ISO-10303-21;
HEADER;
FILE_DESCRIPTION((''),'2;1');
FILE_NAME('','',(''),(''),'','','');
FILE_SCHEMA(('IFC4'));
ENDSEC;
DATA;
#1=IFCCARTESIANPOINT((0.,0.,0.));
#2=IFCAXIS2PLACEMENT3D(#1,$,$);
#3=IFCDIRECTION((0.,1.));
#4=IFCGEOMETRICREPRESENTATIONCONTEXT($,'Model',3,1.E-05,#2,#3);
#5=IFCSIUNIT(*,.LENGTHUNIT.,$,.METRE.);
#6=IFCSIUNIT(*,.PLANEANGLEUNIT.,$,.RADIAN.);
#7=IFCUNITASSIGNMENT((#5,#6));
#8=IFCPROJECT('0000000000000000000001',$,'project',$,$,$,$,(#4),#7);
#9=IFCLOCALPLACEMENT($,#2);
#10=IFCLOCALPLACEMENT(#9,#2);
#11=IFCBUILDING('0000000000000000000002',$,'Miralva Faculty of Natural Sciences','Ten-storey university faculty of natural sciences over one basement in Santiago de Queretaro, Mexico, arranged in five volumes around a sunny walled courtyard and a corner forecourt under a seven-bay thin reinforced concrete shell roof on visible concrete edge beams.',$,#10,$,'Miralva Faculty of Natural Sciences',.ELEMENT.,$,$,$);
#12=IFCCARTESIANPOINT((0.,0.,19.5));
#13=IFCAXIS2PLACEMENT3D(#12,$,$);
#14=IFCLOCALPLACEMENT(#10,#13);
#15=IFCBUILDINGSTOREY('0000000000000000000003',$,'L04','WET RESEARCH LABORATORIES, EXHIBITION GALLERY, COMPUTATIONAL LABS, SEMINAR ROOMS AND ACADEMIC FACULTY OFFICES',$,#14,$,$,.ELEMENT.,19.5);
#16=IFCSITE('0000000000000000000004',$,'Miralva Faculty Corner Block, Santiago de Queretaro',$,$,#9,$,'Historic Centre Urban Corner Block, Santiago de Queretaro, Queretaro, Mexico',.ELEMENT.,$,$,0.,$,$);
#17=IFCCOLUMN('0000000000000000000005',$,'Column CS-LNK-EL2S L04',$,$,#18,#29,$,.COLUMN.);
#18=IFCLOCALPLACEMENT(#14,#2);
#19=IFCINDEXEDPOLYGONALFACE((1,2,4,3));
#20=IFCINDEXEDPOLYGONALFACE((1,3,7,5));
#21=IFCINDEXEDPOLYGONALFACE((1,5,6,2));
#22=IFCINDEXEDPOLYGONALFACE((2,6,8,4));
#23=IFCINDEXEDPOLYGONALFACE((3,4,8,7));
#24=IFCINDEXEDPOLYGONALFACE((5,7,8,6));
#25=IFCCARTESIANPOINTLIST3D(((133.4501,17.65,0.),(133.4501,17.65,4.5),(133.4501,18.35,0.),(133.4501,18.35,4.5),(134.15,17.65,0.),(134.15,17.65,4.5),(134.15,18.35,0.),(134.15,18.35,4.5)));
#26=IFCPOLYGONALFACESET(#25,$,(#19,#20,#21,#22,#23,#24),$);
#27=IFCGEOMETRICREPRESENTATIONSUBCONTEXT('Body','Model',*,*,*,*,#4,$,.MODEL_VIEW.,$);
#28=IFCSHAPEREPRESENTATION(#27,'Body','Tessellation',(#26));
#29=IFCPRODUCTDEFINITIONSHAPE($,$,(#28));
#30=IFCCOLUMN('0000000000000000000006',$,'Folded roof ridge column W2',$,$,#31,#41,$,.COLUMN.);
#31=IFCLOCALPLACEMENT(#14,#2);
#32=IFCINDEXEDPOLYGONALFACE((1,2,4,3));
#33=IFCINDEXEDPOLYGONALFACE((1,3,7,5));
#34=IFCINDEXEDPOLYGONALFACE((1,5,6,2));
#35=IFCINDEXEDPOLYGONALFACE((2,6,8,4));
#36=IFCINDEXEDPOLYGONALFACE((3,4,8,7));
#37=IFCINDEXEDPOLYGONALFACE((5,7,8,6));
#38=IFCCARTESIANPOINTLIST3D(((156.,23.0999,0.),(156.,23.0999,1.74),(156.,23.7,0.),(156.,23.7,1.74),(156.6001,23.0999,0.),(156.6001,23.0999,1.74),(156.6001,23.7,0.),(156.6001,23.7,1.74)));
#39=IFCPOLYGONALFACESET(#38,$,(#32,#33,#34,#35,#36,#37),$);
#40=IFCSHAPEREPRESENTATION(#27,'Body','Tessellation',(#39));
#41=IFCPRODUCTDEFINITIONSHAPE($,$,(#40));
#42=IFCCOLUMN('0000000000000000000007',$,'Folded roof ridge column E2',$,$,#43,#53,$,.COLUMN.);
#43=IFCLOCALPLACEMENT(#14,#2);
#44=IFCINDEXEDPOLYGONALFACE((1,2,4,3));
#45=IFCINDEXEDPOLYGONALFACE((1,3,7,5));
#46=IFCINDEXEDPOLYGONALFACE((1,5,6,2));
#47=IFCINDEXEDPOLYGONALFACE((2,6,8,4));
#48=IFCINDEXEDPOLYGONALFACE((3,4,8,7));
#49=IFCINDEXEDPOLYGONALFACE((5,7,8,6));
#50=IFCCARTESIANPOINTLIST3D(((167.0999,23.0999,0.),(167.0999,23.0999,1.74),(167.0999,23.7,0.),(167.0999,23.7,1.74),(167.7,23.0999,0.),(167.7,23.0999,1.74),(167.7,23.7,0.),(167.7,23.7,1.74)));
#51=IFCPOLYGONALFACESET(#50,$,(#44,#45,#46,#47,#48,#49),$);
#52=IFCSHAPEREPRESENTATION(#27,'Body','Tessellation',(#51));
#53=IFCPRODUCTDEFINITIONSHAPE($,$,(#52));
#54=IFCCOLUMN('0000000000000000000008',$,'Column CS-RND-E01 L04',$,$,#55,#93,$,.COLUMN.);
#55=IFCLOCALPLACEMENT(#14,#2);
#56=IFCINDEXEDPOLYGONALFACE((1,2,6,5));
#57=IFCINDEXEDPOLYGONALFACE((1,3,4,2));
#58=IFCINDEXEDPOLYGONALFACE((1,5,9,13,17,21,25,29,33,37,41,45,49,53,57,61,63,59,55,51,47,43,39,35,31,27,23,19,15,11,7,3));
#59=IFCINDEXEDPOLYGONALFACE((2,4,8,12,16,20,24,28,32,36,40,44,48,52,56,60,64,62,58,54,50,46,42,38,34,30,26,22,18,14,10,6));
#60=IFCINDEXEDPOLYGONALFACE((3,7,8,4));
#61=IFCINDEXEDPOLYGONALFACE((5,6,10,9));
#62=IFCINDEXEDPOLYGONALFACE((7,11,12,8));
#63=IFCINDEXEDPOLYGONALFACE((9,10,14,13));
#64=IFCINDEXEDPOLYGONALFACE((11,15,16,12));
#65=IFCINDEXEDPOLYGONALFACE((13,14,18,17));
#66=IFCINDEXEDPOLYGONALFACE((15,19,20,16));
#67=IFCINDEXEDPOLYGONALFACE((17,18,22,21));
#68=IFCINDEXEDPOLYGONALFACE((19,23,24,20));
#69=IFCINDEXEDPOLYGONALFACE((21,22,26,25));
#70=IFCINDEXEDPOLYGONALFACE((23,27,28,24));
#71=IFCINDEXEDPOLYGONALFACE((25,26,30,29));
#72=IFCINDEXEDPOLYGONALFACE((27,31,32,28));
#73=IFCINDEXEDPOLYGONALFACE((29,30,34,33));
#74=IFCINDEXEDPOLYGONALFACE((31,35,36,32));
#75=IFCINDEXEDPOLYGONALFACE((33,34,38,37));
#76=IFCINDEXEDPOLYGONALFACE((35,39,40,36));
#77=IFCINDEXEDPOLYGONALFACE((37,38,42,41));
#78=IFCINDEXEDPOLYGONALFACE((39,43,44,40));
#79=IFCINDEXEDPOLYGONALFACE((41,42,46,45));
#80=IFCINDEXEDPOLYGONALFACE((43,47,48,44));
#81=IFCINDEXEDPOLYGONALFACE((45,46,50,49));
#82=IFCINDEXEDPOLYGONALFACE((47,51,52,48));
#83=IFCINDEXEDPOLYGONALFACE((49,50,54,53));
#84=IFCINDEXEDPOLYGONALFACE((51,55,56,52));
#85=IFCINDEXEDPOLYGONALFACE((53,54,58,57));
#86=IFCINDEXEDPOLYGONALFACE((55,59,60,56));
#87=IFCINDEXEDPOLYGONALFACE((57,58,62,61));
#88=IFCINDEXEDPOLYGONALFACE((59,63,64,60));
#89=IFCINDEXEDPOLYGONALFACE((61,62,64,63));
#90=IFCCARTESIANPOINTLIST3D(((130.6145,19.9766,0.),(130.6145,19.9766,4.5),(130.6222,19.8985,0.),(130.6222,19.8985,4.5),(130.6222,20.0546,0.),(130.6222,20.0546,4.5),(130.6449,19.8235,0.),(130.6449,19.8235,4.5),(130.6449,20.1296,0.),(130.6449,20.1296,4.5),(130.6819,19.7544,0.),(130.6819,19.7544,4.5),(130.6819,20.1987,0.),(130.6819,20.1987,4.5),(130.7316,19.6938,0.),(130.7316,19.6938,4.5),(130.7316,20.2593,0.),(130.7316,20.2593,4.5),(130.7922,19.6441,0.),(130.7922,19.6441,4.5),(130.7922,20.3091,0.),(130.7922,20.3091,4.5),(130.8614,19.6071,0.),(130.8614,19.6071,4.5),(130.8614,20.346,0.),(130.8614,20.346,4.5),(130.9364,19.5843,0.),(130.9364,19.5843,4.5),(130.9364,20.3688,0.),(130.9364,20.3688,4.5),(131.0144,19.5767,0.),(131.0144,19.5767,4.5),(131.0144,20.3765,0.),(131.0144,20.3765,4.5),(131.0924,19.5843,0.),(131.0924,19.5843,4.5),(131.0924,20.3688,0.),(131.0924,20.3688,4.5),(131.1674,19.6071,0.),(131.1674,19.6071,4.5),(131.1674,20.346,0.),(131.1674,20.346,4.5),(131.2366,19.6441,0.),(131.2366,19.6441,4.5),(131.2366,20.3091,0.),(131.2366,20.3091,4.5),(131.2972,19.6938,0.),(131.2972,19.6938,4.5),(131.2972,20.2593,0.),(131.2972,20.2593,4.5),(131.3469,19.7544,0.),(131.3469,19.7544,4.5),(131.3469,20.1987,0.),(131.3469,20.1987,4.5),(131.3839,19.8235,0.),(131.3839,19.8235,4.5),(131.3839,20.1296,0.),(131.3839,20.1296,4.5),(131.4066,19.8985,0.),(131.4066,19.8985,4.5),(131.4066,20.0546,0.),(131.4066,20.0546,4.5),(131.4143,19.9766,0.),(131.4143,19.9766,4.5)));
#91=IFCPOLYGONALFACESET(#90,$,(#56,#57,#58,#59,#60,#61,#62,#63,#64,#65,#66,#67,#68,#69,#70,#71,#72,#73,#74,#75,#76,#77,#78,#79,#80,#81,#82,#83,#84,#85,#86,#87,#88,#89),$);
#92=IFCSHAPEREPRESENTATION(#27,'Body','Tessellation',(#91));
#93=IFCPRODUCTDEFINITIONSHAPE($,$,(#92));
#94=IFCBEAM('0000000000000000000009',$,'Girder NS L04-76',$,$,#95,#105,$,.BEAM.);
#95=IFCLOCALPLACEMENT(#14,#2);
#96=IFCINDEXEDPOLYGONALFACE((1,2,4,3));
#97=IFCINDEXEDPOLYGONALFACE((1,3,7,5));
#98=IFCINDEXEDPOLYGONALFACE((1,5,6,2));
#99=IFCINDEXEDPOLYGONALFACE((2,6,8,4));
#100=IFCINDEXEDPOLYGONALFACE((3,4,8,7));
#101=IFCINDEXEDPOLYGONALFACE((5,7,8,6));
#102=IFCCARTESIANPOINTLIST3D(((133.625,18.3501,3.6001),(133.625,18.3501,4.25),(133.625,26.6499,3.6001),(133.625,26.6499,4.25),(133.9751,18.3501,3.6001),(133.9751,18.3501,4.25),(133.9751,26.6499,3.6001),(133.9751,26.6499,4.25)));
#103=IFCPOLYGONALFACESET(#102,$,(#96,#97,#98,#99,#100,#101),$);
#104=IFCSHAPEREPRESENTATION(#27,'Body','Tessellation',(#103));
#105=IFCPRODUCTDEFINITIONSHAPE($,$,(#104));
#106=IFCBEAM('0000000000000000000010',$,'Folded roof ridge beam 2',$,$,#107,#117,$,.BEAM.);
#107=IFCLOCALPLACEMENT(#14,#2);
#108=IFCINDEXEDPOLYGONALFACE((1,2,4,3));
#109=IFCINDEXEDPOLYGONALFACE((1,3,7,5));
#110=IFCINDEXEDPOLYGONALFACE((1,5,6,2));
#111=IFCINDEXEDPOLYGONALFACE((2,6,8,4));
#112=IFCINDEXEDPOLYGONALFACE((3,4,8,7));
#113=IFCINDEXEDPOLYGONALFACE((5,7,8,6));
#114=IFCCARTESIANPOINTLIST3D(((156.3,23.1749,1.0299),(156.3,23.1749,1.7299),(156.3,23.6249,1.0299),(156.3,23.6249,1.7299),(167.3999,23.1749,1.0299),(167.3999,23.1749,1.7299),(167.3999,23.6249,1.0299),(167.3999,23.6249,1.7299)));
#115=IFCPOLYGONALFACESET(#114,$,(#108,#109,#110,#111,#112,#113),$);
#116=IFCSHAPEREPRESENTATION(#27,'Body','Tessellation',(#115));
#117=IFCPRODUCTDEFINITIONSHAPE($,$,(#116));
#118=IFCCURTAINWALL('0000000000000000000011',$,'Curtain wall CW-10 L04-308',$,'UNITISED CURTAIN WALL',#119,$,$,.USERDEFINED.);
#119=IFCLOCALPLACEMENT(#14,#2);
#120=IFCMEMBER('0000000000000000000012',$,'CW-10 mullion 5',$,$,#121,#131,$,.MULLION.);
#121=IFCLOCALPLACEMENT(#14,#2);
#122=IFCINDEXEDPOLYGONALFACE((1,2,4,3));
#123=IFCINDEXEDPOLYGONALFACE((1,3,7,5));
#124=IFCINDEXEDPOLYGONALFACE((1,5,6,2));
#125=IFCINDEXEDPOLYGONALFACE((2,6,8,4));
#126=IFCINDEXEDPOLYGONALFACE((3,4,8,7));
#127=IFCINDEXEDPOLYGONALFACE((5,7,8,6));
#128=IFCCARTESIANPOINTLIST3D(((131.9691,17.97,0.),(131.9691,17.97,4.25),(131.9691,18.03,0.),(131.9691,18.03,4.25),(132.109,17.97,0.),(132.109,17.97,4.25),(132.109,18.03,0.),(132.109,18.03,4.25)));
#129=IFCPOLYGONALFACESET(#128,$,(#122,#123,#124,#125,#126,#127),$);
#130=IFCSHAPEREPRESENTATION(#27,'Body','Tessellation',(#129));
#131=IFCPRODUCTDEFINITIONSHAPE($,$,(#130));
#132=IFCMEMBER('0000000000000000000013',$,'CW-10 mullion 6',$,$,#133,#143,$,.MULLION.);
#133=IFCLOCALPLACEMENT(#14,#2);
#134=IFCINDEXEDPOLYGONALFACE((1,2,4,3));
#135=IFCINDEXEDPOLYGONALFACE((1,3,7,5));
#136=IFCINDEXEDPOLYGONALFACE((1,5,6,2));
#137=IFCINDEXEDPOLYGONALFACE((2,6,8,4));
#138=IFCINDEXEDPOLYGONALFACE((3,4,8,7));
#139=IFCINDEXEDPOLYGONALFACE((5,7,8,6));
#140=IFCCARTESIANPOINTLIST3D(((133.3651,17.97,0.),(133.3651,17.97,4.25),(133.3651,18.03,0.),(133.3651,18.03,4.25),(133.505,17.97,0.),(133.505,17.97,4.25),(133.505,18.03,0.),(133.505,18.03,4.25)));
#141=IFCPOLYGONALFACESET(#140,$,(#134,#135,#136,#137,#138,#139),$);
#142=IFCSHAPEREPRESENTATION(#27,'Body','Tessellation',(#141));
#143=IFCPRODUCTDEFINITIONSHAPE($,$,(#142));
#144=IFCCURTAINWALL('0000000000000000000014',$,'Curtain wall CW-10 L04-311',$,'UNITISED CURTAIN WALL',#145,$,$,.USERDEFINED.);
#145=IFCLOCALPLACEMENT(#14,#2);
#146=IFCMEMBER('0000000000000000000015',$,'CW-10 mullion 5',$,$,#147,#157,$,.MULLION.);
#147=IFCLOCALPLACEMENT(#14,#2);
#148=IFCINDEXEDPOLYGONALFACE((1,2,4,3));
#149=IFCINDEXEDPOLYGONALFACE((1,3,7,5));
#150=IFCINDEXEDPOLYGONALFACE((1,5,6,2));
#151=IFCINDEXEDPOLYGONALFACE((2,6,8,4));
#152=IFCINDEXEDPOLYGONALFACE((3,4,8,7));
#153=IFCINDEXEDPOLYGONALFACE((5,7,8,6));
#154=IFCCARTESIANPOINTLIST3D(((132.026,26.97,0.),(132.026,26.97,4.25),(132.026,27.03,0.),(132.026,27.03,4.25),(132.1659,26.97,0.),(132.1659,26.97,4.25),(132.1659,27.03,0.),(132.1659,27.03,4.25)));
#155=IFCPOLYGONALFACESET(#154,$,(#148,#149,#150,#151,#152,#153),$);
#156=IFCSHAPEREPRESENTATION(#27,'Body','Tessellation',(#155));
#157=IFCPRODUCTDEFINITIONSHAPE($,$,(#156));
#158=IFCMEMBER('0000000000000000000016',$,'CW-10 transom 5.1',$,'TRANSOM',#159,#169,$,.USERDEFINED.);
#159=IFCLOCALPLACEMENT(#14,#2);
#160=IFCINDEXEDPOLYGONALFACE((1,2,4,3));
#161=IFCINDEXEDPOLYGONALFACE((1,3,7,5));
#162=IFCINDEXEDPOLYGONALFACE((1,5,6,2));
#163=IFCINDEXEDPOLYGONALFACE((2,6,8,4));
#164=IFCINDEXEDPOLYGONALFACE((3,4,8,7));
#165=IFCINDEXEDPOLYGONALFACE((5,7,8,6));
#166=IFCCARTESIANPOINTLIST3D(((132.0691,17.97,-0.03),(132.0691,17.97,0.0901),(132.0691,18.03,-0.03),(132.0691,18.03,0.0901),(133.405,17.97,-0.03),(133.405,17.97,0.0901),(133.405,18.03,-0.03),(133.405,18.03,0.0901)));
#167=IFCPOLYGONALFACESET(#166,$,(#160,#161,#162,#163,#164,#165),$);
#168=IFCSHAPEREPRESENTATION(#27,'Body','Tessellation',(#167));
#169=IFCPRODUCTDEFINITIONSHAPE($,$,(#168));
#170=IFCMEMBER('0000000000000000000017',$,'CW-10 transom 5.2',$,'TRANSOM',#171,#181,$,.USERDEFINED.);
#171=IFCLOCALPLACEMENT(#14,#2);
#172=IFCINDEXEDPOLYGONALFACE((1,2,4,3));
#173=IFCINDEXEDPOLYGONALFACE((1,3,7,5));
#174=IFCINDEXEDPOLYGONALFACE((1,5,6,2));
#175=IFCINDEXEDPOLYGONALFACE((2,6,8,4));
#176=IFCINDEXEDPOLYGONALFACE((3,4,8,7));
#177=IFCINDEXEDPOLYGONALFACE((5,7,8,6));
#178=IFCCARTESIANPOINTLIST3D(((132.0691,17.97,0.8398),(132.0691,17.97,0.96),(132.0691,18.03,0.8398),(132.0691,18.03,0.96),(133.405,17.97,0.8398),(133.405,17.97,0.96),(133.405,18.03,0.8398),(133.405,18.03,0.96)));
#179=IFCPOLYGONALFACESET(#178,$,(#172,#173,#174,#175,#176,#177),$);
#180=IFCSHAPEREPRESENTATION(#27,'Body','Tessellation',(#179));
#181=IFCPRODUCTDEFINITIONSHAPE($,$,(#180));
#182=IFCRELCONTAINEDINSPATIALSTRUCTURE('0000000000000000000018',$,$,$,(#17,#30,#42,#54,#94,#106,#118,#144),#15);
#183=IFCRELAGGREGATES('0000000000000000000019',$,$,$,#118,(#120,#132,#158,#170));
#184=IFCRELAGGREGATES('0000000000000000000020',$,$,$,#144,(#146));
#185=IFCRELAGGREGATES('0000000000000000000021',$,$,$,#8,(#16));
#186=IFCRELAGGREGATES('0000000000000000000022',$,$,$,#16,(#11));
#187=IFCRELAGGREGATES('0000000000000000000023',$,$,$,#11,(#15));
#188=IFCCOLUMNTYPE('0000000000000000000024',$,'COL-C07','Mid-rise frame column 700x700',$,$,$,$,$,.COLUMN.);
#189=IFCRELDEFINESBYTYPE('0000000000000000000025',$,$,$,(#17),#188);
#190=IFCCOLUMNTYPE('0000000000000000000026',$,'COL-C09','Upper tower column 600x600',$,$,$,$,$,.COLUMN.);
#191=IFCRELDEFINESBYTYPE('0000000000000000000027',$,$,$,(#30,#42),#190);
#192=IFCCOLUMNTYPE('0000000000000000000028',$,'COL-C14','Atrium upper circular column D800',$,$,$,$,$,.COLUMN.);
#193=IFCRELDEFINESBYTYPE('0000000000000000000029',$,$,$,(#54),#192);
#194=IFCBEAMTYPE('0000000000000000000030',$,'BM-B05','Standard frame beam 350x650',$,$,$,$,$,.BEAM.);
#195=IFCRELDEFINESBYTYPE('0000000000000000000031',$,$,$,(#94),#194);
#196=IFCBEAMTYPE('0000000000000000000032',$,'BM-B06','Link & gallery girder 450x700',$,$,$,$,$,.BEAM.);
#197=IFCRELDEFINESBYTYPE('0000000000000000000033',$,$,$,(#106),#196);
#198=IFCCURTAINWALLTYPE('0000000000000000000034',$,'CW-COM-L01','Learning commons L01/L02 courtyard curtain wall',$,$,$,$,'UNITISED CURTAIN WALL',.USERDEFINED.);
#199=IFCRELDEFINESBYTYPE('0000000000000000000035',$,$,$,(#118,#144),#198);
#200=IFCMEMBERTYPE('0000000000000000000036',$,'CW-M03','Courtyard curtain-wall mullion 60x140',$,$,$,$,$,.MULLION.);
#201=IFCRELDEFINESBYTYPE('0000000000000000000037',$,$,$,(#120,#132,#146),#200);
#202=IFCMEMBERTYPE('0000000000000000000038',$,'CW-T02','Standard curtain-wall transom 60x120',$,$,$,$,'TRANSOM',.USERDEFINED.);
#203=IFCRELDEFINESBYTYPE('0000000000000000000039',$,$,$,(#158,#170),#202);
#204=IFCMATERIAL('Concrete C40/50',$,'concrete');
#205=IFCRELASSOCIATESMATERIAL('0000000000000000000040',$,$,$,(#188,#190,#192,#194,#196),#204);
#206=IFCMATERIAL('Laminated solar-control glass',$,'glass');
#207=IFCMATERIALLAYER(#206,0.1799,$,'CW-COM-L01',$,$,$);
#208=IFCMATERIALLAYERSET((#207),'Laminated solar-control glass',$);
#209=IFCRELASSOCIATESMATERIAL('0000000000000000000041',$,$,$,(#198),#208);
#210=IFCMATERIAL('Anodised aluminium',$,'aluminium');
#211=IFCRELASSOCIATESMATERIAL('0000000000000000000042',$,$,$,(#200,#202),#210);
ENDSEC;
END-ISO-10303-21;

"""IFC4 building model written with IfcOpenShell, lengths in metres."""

from ifc_helpers import new_model, si_unit, direction, frame, origin, origin_2d, place, context, subcontext, project, spatial, rectangle, circle, extrude, material, layer, layer_set, material_profile, profile_set, type_object, element, aggregate, save


model = new_model("IFC4")

# Units and contexts
model_context = context("Model", 3, precision=1e-05, world=origin(), true_north=direction((0.0, 1.0)))
body_context = subcontext(model_context, "Body", "Model", "MODEL_VIEW")
ifc_project = project(units=[si_unit("LENGTHUNIT", "METRE"), si_unit("PLANEANGLEUNIT", "RADIAN")], contexts=[model_context])

# Site, building, storey
site_placement = place(None, origin())
site = spatial("IfcSite", under=ifc_project, at=site_placement, Name="Miralva Faculty Corner Block, Santiago de Queretaro", LongName="Historic Centre Urban Corner Block, Santiago de Queretaro, Queretaro, Mexico", CompositionType="ELEMENT", RefElevation=0.0)
building_placement = place(site_placement, origin())
building = spatial("IfcBuilding", under=site, at=building_placement, Name="Miralva Faculty of Natural Sciences", Description="Ten-storey university faculty of natural sciences over one basement in Santiago de Queretaro, Mexico, arranged in five volumes around a sunny walled courtyard and a corner forecourt under a seven-bay thin reinforced concrete shell roof on visible concrete edge beams.", LongName="Miralva Faculty of Natural Sciences", CompositionType="ELEMENT")
storey_placement = place(building_placement, frame((0.0, 0.0, 19.5)))
storey = spatial("IfcBuildingStorey", under=building, at=storey_placement, Name="L04", Description="WET RESEARCH LABORATORIES, EXHIBITION GALLERY, COMPUTATIONAL LABS, SEMINAR ROOMS AND ACADEMIC FACULTY OFFICES", CompositionType="ELEMENT", Elevation=19.5)

# Columns
ifc_material_1 = material(Name="Concrete C40/50", Category="concrete")
ifc_material_profile_1 = material_profile(ifc_material_1, rectangle(XDim=0.7, YDim=0.7, at=origin_2d()), Name="RC 700x700")
ifc_profile_set_1 = profile_set([ifc_material_profile_1], Name="Concrete C40/50")
column_type_1 = type_object("IfcColumnType", Name="COL-C07", Description="Mid-rise frame column 700x700", PredefinedType="COLUMN", material=ifc_profile_set_1)
column_1_placement = place(storey_placement, frame((133.8, 18.0, 0.0), z_axis=(0.0, 0.0, 1.0), x_axis=(1.0, 0.0, 0.0)))
element("IfcColumn", 1, at=column_1_placement, inside=storey, type_object=column_type_1, Name="Column CS-LNK-EL2S L04", PredefinedType="COLUMN", context=body_context, shape_type="SweptSolid", body=[
    extrude(rectangle(XDim=0.7, YDim=0.7, at=origin_2d()), origin(), (0.0, 0.0, 1.0), 4.5),
])
ifc_material_profile_2 = material_profile(ifc_material_1, rectangle(XDim=0.6001, YDim=0.6001, at=origin_2d()), Name="RC 600x600")
ifc_profile_set_2 = profile_set([ifc_material_profile_2], Name="Concrete C40/50")
column_type_2 = type_object("IfcColumnType", Name="COL-C09", Description="Upper tower column 600x600", PredefinedType="COLUMN", material=ifc_profile_set_2)
for number, where, z_axis, x_axis, name in (
    (2, (156.3, 23.3999, 0.0), (0.0, 0.0, 1.0), (1.0, 0.0, 0.0), "Folded roof ridge column W2"),
    (3, (167.3999, 23.3999, 0.0), (0.0, 0.0, 1.0), (1.0, 0.0, 0.0), "Folded roof ridge column E2"),
):
    element("IfcColumn", number, at=place(storey_placement, frame(where, z_axis=z_axis, x_axis=x_axis)), inside=storey, type_object=column_type_2, Name=name, PredefinedType="COLUMN", context=body_context, shape_type="SweptSolid", body=[
        extrude(rectangle(XDim=0.6001, YDim=0.6001, at=origin_2d()), origin(), (0.0, 0.0, 1.0), 1.74),
    ])
ifc_material_profile_3 = material_profile(ifc_material_1, circle(Radius=0.3999, at=origin_2d()), Name="RC DIA 800")
ifc_profile_set_3 = profile_set([ifc_material_profile_3], Name="Concrete C40/50")
column_type_3 = type_object("IfcColumnType", Name="COL-C14", Description="Atrium upper circular column D800", PredefinedType="COLUMN", material=ifc_profile_set_3)
column_2_placement = place(storey_placement, frame((131.0144, 19.9766, 0.0), z_axis=(0.0, 0.0, 1.0), x_axis=(1.0, 0.0, 0.0)))
element("IfcColumn", 4, at=column_2_placement, inside=storey, type_object=column_type_3, Name="Column CS-RND-E01 L04", PredefinedType="COLUMN", context=body_context, shape_type="SweptSolid", body=[
    extrude(circle(Radius=0.3999, at=origin_2d()), origin(), (0.0, 0.0, 1.0), 4.5),
])

# Beams
ifc_material_profile_4 = material_profile(ifc_material_1, rectangle(XDim=0.3501, YDim=0.6499, at=origin_2d()), Name="RC 350x650")
ifc_profile_set_4 = profile_set([ifc_material_profile_4], Name="Concrete C40/50")
beam_type_1 = type_object("IfcBeamType", Name="BM-B05", Description="Standard frame beam 350x650", PredefinedType="BEAM", material=ifc_profile_set_4)
beam_1_placement = place(storey_placement, frame((133.8, 18.3501, 3.925), z_axis=(0.0, 1.0, 0.0), x_axis=(-1.0, 0.0, 0.0)))
element("IfcBeam", 5, at=beam_1_placement, inside=storey, type_object=beam_type_1, Name="Girder NS L04-76", PredefinedType="BEAM", context=body_context, shape_type="SweptSolid", body=[
    extrude(rectangle(XDim=0.3501, YDim=0.6499, at=origin_2d()), origin(), (0.0, 0.0, 1.0), 8.2998),
])
ifc_material_profile_5 = material_profile(ifc_material_1, rectangle(XDim=0.45, YDim=0.7, at=origin_2d()), Name="RC 450x700")
ifc_profile_set_5 = profile_set([ifc_material_profile_5], Name="Concrete C40/50")
beam_type_2 = type_object("IfcBeamType", Name="BM-B06", Description="Link & gallery girder 450x700", PredefinedType="BEAM", material=ifc_profile_set_5)
beam_2_placement = place(storey_placement, frame((156.3, 23.3999, 1.3799), z_axis=(1.0, 0.0, 0.0), x_axis=(0.0, 1.0, 0.0)))
element("IfcBeam", 6, at=beam_2_placement, inside=storey, type_object=beam_type_2, Name="Folded roof ridge beam 2", PredefinedType="BEAM", context=body_context, shape_type="SweptSolid", body=[
    extrude(rectangle(XDim=0.45, YDim=0.7, at=origin_2d()), origin(), (0.0, 0.0, 1.0), 11.0999),
])

# Curtain wall, members
ifc_material_2 = material(Name="Laminated solar-control glass", Category="glass")
ifc_layer_1 = layer(ifc_material_2, 0.1799, Name="CW-COM-L01")
ifc_layer_set_1 = layer_set([ifc_layer_1], Name="Laminated solar-control glass")
curtain_wall_type = type_object("IfcCurtainWallType", Name="CW-COM-L01", Description="Learning commons L01/L02 courtyard curtain wall", ElementType="UNITISED CURTAIN WALL", PredefinedType="USERDEFINED", material=ifc_layer_set_1)
curtain_wall_1_placement = place(storey_placement, origin())
curtain_wall_1 = element("IfcCurtainWall", 7, at=curtain_wall_1_placement, inside=storey, type_object=curtain_wall_type, Name="Curtain wall CW-10 L04-308", ObjectType="UNITISED CURTAIN WALL", PredefinedType="USERDEFINED")
ifc_material_3 = material(Name="Anodised aluminium", Category="aluminium")
ifc_material_profile_6 = material_profile(ifc_material_3, rectangle(XDim=0.0601, YDim=0.1399, at=origin_2d()), Name="MULLION 60x140")
ifc_profile_set_6 = profile_set([ifc_material_profile_6], Name="Anodised aluminium")
member_type_1 = type_object("IfcMemberType", Name="CW-M03", Description="Courtyard curtain-wall mullion 60x140", PredefinedType="MULLION", material=ifc_profile_set_6)
member_1_placement = place(storey_placement, frame((132.0391, 18.0, 0.0), z_axis=(0.0, 0.0, 1.0), x_axis=(0.0, 1.0, 0.0)))
member_1 = element("IfcMember", 8, at=member_1_placement, type_object=member_type_1, Name="CW-10 mullion 5", PredefinedType="MULLION", context=body_context, shape_type="SweptSolid", body=[
    extrude(rectangle(XDim=0.0601, YDim=0.1399, at=origin_2d()), origin(), (0.0, 0.0, 1.0), 4.25),
])
member_2_placement = place(storey_placement, frame((133.4351, 18.0, 0.0), z_axis=(0.0, 0.0, 1.0), x_axis=(0.0, 1.0, 0.0)))
member_2 = element("IfcMember", 9, at=member_2_placement, type_object=member_type_1, Name="CW-10 mullion 6", PredefinedType="MULLION", context=body_context, shape_type="SweptSolid", body=[
    extrude(rectangle(XDim=0.0601, YDim=0.1399, at=origin_2d()), origin(), (0.0, 0.0, 1.0), 4.25),
])

# Curtain wall, member
curtain_wall_2_placement = place(storey_placement, origin())
curtain_wall_2 = element("IfcCurtainWall", 10, at=curtain_wall_2_placement, inside=storey, type_object=curtain_wall_type, Name="Curtain wall CW-10 L04-311", ObjectType="UNITISED CURTAIN WALL", PredefinedType="USERDEFINED")
member_3_placement = place(storey_placement, frame((132.0959, 27.0, 0.0), z_axis=(0.0, 0.0, 1.0), x_axis=(0.0, 1.0, 0.0)))
member_3 = element("IfcMember", 11, at=member_3_placement, type_object=member_type_1, Name="CW-10 mullion 5", PredefinedType="MULLION", context=body_context, shape_type="SweptSolid", body=[
    extrude(rectangle(XDim=0.0601, YDim=0.1399, at=origin_2d()), origin(), (0.0, 0.0, 1.0), 4.25),
])

# Members
ifc_material_profile_7 = material_profile(ifc_material_3, rectangle(XDim=0.0601, YDim=0.1201, at=origin_2d()), Name="TRANSOM 60x120")
ifc_profile_set_7 = profile_set([ifc_material_profile_7], Name="Anodised aluminium")
member_type_2 = type_object("IfcMemberType", Name="CW-T02", Description="Standard curtain-wall transom 60x120", ElementType="TRANSOM", PredefinedType="USERDEFINED", material=ifc_profile_set_7)
member_4_placement = place(storey_placement, frame((132.0691, 18.0, 0.03), z_axis=(1.0, 0.0, 0.0), x_axis=(0.0, 1.0, 0.0)))
member_4 = element("IfcMember", 12, at=member_4_placement, type_object=member_type_2, Name="CW-10 transom 5.1", ObjectType="TRANSOM", PredefinedType="USERDEFINED", context=body_context, shape_type="SweptSolid", body=[
    extrude(rectangle(XDim=0.0601, YDim=0.1201, at=origin_2d()), origin(), (0.0, 0.0, 1.0), 1.3359),
])
member_5_placement = place(storey_placement, frame((132.0691, 18.0, 0.8999), z_axis=(1.0, 0.0, 0.0), x_axis=(0.0, 1.0, 0.0)))
member_5 = element("IfcMember", 13, at=member_5_placement, type_object=member_type_2, Name="CW-10 transom 5.2", ObjectType="TRANSOM", PredefinedType="USERDEFINED", context=body_context, shape_type="SweptSolid", body=[
    extrude(rectangle(XDim=0.0601, YDim=0.1201, at=origin_2d()), origin(), (0.0, 0.0, 1.0), 1.3359),
])

aggregate(curtain_wall_1, [member_1, member_2, member_4, member_5])
aggregate(curtain_wall_2, [member_3])

save(model, "model.ifc")
